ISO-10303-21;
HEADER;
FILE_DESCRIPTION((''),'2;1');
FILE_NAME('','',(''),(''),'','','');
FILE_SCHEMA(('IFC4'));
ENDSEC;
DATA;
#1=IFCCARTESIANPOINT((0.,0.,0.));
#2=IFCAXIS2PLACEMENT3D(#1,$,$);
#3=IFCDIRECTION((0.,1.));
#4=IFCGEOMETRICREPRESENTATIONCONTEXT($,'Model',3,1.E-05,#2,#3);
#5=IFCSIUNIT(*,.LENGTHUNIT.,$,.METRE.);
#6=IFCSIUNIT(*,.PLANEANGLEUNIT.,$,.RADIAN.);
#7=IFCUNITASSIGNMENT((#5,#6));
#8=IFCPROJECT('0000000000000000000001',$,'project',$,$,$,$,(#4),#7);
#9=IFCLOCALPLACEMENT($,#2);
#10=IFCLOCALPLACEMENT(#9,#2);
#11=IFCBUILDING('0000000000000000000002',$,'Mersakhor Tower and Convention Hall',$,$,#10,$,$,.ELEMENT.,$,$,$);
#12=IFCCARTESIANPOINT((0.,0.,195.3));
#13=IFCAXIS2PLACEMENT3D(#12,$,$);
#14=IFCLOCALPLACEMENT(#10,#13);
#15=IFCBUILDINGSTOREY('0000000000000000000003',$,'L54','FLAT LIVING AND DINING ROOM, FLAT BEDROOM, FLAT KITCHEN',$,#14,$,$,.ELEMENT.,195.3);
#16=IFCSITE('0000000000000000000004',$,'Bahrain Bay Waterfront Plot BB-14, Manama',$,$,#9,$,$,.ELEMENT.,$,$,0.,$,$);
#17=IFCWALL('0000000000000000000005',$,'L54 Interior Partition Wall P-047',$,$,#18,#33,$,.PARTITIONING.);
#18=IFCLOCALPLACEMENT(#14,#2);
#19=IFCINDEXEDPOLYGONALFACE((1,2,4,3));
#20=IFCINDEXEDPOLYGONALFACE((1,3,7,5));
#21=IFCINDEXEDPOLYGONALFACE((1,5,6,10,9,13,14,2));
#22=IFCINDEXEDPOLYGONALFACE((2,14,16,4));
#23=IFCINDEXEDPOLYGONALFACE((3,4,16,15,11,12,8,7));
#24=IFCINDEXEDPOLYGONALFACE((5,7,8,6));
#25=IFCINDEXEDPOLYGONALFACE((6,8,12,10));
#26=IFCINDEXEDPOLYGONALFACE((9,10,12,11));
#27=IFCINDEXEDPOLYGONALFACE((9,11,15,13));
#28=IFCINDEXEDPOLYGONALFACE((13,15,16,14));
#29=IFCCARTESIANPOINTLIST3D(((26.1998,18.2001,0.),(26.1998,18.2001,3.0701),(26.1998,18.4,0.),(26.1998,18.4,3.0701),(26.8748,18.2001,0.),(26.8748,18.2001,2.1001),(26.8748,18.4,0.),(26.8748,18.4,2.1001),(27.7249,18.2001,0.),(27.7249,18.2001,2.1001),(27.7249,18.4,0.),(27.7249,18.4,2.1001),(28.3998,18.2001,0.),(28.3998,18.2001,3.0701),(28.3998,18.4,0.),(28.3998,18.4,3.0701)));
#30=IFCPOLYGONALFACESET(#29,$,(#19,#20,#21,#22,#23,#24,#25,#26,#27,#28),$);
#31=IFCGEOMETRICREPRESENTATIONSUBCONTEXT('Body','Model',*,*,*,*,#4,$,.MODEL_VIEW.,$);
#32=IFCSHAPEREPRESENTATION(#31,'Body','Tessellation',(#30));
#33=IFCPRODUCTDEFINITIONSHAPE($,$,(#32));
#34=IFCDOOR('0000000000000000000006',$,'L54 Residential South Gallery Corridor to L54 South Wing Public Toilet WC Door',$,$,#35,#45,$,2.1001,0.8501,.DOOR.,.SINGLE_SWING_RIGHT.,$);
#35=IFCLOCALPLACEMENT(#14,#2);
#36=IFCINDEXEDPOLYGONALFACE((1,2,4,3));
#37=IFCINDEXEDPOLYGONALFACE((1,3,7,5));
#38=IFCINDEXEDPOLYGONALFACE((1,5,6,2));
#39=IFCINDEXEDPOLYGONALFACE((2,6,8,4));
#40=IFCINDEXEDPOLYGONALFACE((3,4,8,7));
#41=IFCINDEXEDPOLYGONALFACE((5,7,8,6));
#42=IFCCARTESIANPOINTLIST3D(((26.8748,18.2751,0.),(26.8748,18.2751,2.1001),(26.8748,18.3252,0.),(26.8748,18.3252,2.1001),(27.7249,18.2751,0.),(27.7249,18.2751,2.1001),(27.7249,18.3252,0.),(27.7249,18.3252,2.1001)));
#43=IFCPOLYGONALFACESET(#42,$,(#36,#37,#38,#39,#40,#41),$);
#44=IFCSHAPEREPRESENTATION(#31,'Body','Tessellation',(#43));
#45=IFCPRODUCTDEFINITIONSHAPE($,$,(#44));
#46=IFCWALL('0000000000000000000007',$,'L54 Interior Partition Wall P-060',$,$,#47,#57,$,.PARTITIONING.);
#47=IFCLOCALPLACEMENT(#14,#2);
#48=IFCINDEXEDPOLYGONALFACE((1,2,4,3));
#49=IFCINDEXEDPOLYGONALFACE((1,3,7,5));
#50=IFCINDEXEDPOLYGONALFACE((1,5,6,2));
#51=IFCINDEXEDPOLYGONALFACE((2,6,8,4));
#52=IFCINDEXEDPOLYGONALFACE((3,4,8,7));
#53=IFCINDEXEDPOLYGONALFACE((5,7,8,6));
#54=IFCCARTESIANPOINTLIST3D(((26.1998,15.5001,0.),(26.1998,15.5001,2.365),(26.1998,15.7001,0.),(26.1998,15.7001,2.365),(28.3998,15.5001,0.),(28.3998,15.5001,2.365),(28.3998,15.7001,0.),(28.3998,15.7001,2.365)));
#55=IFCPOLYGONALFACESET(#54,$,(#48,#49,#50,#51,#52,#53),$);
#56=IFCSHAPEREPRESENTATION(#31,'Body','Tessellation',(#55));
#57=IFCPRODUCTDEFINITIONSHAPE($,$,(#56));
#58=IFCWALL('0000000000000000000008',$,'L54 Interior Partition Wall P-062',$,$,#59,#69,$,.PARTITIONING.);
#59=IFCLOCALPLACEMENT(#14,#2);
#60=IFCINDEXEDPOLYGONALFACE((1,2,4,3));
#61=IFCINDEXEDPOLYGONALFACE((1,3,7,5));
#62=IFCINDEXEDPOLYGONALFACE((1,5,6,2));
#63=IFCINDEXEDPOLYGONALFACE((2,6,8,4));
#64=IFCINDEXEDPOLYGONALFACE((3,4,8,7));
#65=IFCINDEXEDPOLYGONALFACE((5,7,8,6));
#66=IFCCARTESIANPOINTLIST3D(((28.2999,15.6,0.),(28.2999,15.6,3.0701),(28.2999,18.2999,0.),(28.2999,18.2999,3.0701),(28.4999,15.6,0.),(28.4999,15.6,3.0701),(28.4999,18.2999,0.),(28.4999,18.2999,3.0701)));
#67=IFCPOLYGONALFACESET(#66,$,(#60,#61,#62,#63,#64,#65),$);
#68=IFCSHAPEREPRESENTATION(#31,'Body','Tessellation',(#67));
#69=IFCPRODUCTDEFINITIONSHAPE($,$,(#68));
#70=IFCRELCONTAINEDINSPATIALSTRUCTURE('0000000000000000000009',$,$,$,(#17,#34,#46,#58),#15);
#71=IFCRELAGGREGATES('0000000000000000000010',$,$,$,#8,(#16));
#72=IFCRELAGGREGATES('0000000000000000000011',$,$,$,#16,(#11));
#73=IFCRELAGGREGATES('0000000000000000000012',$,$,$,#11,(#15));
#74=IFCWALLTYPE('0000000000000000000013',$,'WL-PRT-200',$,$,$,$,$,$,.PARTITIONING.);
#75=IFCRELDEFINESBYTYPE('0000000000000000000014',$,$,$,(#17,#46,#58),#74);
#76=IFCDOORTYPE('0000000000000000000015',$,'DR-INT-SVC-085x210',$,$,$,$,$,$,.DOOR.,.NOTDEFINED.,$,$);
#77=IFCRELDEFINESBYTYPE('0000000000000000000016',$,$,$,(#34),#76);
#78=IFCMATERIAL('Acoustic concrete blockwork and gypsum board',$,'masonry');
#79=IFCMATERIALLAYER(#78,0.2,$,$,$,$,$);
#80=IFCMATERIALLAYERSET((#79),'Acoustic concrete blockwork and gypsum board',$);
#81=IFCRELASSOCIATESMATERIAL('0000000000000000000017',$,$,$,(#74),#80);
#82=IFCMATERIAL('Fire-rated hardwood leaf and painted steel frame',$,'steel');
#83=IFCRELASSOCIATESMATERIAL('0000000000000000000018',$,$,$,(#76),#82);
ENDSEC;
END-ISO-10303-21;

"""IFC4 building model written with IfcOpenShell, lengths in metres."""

from ifc_helpers import new_model, si_unit, direction, frame, frame_2d, origin, place, context, subcontext, project, spatial, rectangle, extrude, material, layer, layer_set, type_object, element, fill, save


model = new_model("IFC4")

# Units and contexts
model_context = context("Model", 3, precision=1e-05, world=origin(), true_north=direction((0.0, 1.0)))
body_context = subcontext(model_context, "Body", "Model", "MODEL_VIEW")
ifc_project = project(units=[si_unit("LENGTHUNIT", "METRE"), si_unit("PLANEANGLEUNIT", "RADIAN")], contexts=[model_context])

# Site, building, storey
site_placement = place(None, origin())
site = spatial("IfcSite", under=ifc_project, at=site_placement, Name="Bahrain Bay Waterfront Plot BB-14, Manama", CompositionType="ELEMENT", RefElevation=0.0)
building_placement = place(site_placement, origin())
building = spatial("IfcBuilding", under=site, at=building_placement, Name="Mersakhor Tower and Convention Hall", CompositionType="ELEMENT")
storey_placement = place(building_placement, frame((0.0, 0.0, 195.3)))
storey = spatial("IfcBuildingStorey", under=building, at=storey_placement, Name="L54", Description="FLAT LIVING AND DINING ROOM, FLAT BEDROOM, FLAT KITCHEN", CompositionType="ELEMENT", Elevation=195.3)

# Shared definitions
ifc_material_1 = material(Name="Acoustic concrete blockwork and gypsum board", Category="masonry")
ifc_layer_1 = layer(ifc_material_1, 0.2)
ifc_layer_set_1 = layer_set([ifc_layer_1], Name="Acoustic concrete blockwork and gypsum board")
wall_type_1 = type_object("IfcWallType", Name="WL-PRT-200", PredefinedType="PARTITIONING", material=ifc_layer_set_1)

# Wall, opening, door
wall_1_placement = place(storey_placement, frame((28.3999, 18.3, 0.0), z_axis=(0.0, 0.0, 1.0), x_axis=(-1.0, 0.0, 0.0)))
wall_1 = element("IfcWall", 1, at=wall_1_placement, inside=storey, type_object=wall_type_1, Name="L54 Interior Partition Wall P-047", PredefinedType="PARTITIONING", context=body_context, shape_type="SweptSolid", body=[
    extrude(rectangle(XDim=2.2, YDim=0.2, at=frame_2d((1.1001, 0.0))), origin(), (0.0, 0.0, 1.0), 3.0701),
])
opening_1_placement = place(wall_1_placement, frame((0.675, 0.0, 0.0)))
opening_1 = element("IfcOpeningElement", 2, at=opening_1_placement, cuts=wall_1, PredefinedType="OPENING", context=body_context, shape_type="SweptSolid", body=[
    extrude(rectangle(XDim=0.8501, YDim=2.1001, at=frame_2d((0.425, 1.05))), frame((0.0, 0.1099, 0.0), z_axis=(0.0, -1.0, 0.0), x_axis=(1.0, 0.0, 0.0)), (0.0, 0.0, 1.0), 0.22),
])
ifc_material_2 = material(Name="Fire-rated hardwood leaf and painted steel frame", Category="steel")
door_type_1 = type_object("IfcDoorType", Name="DR-INT-SVC-085x210", OperationType="NOTDEFINED", PredefinedType="DOOR", material=ifc_material_2)
door_1_placement = place(opening_1_placement, origin())
door_1 = element("IfcDoor", 3, at=door_1_placement, inside=storey, type_object=door_type_1, Name="L54 Residential South Gallery Corridor to L54 South Wing Public Toilet WC Door", OperationType="SINGLE_SWING_RIGHT", OverallHeight=2.1001, OverallWidth=0.8501, PredefinedType="DOOR", context=body_context, shape_type="SweptSolid", body=[
    extrude(rectangle(XDim=0.8501, YDim=2.1001, at=frame_2d((0.425, 1.05))), frame((0.0, 0.0249, 0.0), z_axis=(0.0, -1.0, 0.0), x_axis=(1.0, 0.0, 0.0)), (0.0, 0.0, 1.0), 0.05),
])
fill(opening_1, door_1)

# Walls
wall_2_placement = place(storey_placement, frame((28.3999, 15.6001, 0.0), z_axis=(0.0, 0.0, 1.0), x_axis=(-1.0, 0.0, 0.0)))
element("IfcWall", 4, at=wall_2_placement, inside=storey, type_object=wall_type_1, Name="L54 Interior Partition Wall P-060", PredefinedType="PARTITIONING", context=body_context, shape_type="SweptSolid", body=[
    extrude(rectangle(XDim=2.2, YDim=0.2, at=frame_2d((1.1001, 0.0))), origin(), (0.0, 0.0, 1.0), 2.365),
])
wall_3_placement = place(storey_placement, frame((28.3999, 18.3, 0.0), z_axis=(0.0, 0.0, 1.0), x_axis=(0.0, -1.0, 0.0)))
element("IfcWall", 5, at=wall_3_placement, inside=storey, type_object=wall_type_1, Name="L54 Interior Partition Wall P-062", PredefinedType="PARTITIONING", context=body_context, shape_type="SweptSolid", body=[
    extrude(rectangle(XDim=2.7, YDim=0.2, at=frame_2d((1.3501, 0.0))), origin(), (0.0, 0.0, 1.0), 3.0701),
])

save(model, "model.ifc")
